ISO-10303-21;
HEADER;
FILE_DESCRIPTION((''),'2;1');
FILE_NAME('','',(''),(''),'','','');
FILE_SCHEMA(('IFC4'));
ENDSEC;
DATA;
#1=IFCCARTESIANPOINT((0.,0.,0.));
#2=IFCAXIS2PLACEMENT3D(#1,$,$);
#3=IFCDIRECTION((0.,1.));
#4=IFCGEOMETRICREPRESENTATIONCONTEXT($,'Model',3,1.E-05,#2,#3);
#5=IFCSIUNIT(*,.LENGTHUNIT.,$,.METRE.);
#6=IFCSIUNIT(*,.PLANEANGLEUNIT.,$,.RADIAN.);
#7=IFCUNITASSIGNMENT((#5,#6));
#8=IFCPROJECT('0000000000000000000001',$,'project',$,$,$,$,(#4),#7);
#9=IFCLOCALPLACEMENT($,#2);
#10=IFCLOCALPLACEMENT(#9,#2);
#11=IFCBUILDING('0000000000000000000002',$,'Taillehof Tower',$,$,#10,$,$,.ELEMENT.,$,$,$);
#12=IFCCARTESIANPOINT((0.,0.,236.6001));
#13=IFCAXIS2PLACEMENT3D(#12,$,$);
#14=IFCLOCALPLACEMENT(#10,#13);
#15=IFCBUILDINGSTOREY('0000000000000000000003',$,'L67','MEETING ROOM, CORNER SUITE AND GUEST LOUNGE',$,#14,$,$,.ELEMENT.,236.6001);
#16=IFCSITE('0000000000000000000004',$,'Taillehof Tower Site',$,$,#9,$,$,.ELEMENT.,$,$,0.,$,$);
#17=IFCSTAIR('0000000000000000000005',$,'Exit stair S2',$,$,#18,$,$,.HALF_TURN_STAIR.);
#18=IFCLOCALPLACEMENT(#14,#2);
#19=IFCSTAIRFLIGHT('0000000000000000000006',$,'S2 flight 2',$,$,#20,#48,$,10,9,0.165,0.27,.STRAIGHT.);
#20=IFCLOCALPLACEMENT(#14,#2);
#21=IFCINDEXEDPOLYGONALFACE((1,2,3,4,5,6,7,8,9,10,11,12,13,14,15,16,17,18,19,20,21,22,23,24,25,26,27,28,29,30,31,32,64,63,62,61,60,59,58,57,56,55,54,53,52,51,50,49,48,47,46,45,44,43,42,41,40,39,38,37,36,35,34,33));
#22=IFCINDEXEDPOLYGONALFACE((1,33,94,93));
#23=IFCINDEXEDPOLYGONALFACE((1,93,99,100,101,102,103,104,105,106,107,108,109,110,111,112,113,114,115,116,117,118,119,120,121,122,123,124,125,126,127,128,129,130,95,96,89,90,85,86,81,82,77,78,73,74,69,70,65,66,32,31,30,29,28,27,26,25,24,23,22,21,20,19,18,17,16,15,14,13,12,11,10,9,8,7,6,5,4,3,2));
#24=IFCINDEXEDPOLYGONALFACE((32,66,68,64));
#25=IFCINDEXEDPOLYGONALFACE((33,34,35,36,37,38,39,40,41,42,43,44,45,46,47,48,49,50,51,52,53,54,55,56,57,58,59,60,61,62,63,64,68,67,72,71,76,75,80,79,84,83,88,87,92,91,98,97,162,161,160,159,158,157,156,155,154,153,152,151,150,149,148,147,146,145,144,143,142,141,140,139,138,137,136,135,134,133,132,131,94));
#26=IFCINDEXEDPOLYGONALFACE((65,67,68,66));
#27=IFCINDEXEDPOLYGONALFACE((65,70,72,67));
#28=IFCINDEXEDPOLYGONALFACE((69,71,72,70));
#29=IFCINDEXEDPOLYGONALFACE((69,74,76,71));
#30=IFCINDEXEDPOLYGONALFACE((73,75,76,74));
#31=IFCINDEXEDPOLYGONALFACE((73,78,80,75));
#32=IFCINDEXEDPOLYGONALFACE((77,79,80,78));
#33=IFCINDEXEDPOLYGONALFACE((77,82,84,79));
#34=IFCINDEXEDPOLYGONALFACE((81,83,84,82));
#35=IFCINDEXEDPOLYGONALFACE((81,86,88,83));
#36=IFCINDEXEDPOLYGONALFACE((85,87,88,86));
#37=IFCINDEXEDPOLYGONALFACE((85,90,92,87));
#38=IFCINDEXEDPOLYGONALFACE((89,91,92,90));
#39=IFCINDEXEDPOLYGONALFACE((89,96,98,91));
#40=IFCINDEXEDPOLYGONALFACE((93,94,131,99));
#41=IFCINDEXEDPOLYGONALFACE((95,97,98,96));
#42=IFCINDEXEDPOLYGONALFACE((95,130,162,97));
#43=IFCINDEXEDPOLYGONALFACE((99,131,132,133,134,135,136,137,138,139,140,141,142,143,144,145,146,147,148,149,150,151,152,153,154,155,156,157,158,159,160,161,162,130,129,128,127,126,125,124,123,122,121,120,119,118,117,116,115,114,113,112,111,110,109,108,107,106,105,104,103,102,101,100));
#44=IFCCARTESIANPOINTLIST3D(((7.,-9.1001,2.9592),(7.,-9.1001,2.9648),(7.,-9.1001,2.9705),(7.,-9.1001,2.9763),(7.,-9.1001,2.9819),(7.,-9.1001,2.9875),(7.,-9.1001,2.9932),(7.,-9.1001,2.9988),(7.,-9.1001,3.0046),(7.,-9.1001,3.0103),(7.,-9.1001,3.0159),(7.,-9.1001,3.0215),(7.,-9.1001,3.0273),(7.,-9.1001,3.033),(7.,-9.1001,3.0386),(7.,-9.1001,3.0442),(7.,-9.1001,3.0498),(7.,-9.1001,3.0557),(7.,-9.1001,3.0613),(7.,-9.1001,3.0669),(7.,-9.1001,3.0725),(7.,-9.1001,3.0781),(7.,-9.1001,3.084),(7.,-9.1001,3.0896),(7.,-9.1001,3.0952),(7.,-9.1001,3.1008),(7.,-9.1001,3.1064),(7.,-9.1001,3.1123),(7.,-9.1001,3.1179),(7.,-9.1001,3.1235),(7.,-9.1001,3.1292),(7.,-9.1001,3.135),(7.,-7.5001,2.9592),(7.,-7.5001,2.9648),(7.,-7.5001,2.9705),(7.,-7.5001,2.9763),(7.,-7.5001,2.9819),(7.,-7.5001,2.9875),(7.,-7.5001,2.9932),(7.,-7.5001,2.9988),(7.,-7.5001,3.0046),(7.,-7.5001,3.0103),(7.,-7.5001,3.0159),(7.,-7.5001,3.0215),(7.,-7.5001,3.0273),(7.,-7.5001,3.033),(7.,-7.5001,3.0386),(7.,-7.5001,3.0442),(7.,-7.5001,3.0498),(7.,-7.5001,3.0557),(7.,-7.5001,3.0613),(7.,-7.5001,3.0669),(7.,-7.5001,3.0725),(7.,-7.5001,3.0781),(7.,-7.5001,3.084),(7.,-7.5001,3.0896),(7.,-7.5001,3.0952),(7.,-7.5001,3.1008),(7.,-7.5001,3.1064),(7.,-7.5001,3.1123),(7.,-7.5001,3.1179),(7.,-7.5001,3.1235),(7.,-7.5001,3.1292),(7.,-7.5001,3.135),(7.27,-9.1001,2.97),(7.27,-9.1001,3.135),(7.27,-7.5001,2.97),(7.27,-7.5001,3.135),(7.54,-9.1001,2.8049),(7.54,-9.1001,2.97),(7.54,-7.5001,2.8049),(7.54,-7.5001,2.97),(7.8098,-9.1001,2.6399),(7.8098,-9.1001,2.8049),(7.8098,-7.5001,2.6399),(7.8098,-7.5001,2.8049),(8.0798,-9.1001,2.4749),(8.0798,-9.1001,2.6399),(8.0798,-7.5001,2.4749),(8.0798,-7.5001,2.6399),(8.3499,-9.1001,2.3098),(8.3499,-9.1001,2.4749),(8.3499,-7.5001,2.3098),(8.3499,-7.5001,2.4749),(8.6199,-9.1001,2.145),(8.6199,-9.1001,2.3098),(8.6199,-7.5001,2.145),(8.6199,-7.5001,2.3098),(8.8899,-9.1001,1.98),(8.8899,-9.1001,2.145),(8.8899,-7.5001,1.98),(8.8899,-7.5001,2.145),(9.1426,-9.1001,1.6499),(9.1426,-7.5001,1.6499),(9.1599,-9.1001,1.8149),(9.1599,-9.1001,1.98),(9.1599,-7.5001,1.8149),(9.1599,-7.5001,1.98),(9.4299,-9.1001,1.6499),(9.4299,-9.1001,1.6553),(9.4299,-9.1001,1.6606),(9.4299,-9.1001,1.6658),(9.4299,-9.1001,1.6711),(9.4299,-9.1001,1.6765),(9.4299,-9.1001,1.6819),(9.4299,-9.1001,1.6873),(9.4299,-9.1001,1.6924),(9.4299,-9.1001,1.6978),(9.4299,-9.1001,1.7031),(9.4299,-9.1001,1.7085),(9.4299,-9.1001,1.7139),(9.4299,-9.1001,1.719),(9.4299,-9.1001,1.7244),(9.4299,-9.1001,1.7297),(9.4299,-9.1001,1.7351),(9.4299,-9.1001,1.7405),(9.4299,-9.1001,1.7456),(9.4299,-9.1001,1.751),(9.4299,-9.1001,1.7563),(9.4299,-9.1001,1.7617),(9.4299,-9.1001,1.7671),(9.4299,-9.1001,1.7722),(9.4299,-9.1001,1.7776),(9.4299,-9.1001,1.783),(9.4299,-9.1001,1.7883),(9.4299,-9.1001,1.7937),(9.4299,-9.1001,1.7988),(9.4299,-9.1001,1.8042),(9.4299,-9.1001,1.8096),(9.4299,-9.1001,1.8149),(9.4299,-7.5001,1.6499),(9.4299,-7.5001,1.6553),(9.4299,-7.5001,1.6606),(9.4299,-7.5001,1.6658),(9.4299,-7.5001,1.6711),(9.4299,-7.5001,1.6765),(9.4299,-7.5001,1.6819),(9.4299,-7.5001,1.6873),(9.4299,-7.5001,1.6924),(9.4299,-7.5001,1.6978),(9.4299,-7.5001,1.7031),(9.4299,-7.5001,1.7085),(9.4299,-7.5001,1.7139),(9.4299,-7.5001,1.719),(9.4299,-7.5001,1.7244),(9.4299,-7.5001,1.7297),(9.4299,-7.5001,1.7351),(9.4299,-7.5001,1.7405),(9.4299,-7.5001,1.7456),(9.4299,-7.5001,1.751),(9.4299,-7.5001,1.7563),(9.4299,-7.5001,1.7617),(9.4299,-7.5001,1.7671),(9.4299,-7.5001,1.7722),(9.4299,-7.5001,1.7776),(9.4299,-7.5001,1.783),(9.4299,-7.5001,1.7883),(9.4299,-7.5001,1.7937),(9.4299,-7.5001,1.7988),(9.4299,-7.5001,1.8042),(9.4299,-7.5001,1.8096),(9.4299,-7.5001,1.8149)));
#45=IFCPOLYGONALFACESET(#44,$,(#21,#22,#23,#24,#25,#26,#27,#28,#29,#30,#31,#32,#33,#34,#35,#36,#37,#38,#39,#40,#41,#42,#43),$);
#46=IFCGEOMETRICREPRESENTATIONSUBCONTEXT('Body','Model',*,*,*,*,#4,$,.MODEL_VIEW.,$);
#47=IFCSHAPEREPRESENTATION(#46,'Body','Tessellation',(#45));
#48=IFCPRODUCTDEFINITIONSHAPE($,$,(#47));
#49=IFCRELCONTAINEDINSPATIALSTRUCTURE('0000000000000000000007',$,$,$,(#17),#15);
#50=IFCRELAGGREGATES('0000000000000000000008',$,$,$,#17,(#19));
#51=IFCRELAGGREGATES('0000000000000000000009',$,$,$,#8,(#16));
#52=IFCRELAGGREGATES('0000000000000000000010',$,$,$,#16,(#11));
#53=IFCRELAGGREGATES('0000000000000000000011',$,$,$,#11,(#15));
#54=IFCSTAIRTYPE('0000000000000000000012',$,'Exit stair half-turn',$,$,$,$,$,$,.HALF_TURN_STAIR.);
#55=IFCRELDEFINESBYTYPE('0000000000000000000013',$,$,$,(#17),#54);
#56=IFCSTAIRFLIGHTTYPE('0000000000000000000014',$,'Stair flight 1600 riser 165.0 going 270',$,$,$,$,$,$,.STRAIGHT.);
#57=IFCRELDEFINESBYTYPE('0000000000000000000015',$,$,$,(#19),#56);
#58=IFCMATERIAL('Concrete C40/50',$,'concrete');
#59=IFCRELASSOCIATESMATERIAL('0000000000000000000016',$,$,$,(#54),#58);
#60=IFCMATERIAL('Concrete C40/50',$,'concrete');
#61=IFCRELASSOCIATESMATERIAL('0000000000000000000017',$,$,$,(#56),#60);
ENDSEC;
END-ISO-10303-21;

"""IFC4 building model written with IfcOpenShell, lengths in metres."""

from ifc_helpers import new_model, si_unit, direction, frame, origin, place, context, subcontext, project, spatial, polyline, outline, extrude, material, type_object, element, aggregate, save


model = new_model("IFC4")

# Units and contexts
model_context = context("Model", 3, precision=1e-05, world=origin(), true_north=direction((0.0, 1.0)))
body_context = subcontext(model_context, "Body", "Model", "MODEL_VIEW")
ifc_project = project(units=[si_unit("LENGTHUNIT", "METRE"), si_unit("PLANEANGLEUNIT", "RADIAN")], contexts=[model_context])

# Site, building, storey
site_placement = place(None, origin())
site = spatial("IfcSite", under=ifc_project, at=site_placement, Name="Taillehof Tower Site", CompositionType="ELEMENT", RefElevation=0.0)
building_placement = place(site_placement, origin())
building = spatial("IfcBuilding", under=site, at=building_placement, Name="Taillehof Tower", CompositionType="ELEMENT")
storey_placement = place(building_placement, frame((0.0, 0.0, 236.6001)))
storey = spatial("IfcBuildingStorey", under=building, at=storey_placement, Name="L67", Description="MEETING ROOM, CORNER SUITE AND GUEST LOUNGE", CompositionType="ELEMENT", Elevation=236.6001)

# Stair, stair flight
ifc_material_1 = material(Name="Concrete C40/50", Category="concrete")
stair_type = type_object("IfcStairType", Name="Exit stair half-turn", PredefinedType="HALF_TURN_STAIR", material=ifc_material_1)
stair_placement = place(storey_placement, origin())
stair = element("IfcStair", 1, at=stair_placement, inside=storey, type_object=stair_type, Name="Exit stair S2", PredefinedType="HALF_TURN_STAIR")
ifc_material_2 = material(Name="Concrete C40/50", Category="concrete")
stair_flight_type = type_object("IfcStairFlightType", Name="Stair flight 1600 riser 165.0 going 270", PredefinedType="STRAIGHT", material=ifc_material_2)
stair_flight_placement = place(storey_placement, frame((9.4299, -8.3, 1.6499), z_axis=(0.0, 0.0, 1.0), x_axis=(-1.0, 0.0, 0.0)))
stair_flight = element("IfcStairFlight", 2, at=stair_flight_placement, type_object=stair_flight_type, Name="S2 flight 2", NumberOfRisers=10, NumberOfTreads=9, PredefinedType="STRAIGHT", RiserHeight=0.165, TreadLength=0.27, context=body_context, shape_type="SweptSolid", body=[
    extrude(outline(polyline([(0.0, 0.0), (0.0, 0.0054), (0.0, 0.0107), (0.0, 0.0159), (0.0, 0.0212), (0.0, 0.0266), (0.0, 0.032), (0.0, 0.0374), (0.0, 0.0425), (0.0, 0.0479), (0.0, 0.0532), (0.0, 0.0586), (0.0, 0.064), (0.0, 0.0691), (0.0, 0.0745), (0.0, 0.0798), (0.0, 0.0852), (0.0, 0.0906), (0.0, 0.0957), (0.0, 0.1011), (0.0, 0.1064), (0.0, 0.1118), (0.0, 0.1172), (0.0, 0.1223), (0.0, 0.1277), (0.0, 0.1331), (0.0, 0.1384), (0.0, 0.1438), (0.0, 0.1489), (0.0, 0.1543), (0.0, 0.1597), (0.0, 0.165), (0.27, 0.165), (0.27, 0.3301), (0.54, 0.3301), (0.54, 0.4951), (0.8101, 0.4951), (0.8101, 0.6599), (1.0801, 0.6599), (1.0801, 0.825), (1.3501, 0.825), (1.3501, 0.99), (1.6201, 0.99), (1.6201, 1.155), (1.8899, 1.155), (1.8899, 1.3201), (2.1599, 1.3201), (2.1599, 1.4851), (2.4299, 1.4851), (2.4299, 1.4792), (2.4299, 1.4736), (2.4299, 1.468), (2.4299, 1.4624), (2.4299, 1.4565), (2.4299, 1.4509), (2.4299, 1.4453), (2.4299, 1.4397), (2.4299, 1.4341), (2.4299, 1.4282), (2.4299, 1.4226), (2.4299, 1.417), (2.4299, 1.4114), (2.4299, 1.4058), (2.4299, 1.3999), (2.4299, 1.3943), (2.4299, 1.3887), (2.4299, 1.3831), (2.4299, 1.3774), (2.4299, 1.3716), (2.4299, 1.366), (2.4299, 1.3604), (2.4299, 1.3547), (2.4299, 1.3489), (2.4299, 1.3433), (2.4299, 1.3376), (2.4299, 1.332), (2.4299, 1.3264), (2.4299, 1.3206), (2.4299, 1.3149), (2.4299, 1.3093), (0.2874, 0.0), (0.0, 0.0)])), frame((0.0, 0.8, 0.0), z_axis=(0.0, -1.0, 0.0), x_axis=(1.0, 0.0, 0.0)), (0.0, 0.0, 1.0), 1.6),
])
aggregate(stair, [stair_flight])

save(model, "model.ifc")
